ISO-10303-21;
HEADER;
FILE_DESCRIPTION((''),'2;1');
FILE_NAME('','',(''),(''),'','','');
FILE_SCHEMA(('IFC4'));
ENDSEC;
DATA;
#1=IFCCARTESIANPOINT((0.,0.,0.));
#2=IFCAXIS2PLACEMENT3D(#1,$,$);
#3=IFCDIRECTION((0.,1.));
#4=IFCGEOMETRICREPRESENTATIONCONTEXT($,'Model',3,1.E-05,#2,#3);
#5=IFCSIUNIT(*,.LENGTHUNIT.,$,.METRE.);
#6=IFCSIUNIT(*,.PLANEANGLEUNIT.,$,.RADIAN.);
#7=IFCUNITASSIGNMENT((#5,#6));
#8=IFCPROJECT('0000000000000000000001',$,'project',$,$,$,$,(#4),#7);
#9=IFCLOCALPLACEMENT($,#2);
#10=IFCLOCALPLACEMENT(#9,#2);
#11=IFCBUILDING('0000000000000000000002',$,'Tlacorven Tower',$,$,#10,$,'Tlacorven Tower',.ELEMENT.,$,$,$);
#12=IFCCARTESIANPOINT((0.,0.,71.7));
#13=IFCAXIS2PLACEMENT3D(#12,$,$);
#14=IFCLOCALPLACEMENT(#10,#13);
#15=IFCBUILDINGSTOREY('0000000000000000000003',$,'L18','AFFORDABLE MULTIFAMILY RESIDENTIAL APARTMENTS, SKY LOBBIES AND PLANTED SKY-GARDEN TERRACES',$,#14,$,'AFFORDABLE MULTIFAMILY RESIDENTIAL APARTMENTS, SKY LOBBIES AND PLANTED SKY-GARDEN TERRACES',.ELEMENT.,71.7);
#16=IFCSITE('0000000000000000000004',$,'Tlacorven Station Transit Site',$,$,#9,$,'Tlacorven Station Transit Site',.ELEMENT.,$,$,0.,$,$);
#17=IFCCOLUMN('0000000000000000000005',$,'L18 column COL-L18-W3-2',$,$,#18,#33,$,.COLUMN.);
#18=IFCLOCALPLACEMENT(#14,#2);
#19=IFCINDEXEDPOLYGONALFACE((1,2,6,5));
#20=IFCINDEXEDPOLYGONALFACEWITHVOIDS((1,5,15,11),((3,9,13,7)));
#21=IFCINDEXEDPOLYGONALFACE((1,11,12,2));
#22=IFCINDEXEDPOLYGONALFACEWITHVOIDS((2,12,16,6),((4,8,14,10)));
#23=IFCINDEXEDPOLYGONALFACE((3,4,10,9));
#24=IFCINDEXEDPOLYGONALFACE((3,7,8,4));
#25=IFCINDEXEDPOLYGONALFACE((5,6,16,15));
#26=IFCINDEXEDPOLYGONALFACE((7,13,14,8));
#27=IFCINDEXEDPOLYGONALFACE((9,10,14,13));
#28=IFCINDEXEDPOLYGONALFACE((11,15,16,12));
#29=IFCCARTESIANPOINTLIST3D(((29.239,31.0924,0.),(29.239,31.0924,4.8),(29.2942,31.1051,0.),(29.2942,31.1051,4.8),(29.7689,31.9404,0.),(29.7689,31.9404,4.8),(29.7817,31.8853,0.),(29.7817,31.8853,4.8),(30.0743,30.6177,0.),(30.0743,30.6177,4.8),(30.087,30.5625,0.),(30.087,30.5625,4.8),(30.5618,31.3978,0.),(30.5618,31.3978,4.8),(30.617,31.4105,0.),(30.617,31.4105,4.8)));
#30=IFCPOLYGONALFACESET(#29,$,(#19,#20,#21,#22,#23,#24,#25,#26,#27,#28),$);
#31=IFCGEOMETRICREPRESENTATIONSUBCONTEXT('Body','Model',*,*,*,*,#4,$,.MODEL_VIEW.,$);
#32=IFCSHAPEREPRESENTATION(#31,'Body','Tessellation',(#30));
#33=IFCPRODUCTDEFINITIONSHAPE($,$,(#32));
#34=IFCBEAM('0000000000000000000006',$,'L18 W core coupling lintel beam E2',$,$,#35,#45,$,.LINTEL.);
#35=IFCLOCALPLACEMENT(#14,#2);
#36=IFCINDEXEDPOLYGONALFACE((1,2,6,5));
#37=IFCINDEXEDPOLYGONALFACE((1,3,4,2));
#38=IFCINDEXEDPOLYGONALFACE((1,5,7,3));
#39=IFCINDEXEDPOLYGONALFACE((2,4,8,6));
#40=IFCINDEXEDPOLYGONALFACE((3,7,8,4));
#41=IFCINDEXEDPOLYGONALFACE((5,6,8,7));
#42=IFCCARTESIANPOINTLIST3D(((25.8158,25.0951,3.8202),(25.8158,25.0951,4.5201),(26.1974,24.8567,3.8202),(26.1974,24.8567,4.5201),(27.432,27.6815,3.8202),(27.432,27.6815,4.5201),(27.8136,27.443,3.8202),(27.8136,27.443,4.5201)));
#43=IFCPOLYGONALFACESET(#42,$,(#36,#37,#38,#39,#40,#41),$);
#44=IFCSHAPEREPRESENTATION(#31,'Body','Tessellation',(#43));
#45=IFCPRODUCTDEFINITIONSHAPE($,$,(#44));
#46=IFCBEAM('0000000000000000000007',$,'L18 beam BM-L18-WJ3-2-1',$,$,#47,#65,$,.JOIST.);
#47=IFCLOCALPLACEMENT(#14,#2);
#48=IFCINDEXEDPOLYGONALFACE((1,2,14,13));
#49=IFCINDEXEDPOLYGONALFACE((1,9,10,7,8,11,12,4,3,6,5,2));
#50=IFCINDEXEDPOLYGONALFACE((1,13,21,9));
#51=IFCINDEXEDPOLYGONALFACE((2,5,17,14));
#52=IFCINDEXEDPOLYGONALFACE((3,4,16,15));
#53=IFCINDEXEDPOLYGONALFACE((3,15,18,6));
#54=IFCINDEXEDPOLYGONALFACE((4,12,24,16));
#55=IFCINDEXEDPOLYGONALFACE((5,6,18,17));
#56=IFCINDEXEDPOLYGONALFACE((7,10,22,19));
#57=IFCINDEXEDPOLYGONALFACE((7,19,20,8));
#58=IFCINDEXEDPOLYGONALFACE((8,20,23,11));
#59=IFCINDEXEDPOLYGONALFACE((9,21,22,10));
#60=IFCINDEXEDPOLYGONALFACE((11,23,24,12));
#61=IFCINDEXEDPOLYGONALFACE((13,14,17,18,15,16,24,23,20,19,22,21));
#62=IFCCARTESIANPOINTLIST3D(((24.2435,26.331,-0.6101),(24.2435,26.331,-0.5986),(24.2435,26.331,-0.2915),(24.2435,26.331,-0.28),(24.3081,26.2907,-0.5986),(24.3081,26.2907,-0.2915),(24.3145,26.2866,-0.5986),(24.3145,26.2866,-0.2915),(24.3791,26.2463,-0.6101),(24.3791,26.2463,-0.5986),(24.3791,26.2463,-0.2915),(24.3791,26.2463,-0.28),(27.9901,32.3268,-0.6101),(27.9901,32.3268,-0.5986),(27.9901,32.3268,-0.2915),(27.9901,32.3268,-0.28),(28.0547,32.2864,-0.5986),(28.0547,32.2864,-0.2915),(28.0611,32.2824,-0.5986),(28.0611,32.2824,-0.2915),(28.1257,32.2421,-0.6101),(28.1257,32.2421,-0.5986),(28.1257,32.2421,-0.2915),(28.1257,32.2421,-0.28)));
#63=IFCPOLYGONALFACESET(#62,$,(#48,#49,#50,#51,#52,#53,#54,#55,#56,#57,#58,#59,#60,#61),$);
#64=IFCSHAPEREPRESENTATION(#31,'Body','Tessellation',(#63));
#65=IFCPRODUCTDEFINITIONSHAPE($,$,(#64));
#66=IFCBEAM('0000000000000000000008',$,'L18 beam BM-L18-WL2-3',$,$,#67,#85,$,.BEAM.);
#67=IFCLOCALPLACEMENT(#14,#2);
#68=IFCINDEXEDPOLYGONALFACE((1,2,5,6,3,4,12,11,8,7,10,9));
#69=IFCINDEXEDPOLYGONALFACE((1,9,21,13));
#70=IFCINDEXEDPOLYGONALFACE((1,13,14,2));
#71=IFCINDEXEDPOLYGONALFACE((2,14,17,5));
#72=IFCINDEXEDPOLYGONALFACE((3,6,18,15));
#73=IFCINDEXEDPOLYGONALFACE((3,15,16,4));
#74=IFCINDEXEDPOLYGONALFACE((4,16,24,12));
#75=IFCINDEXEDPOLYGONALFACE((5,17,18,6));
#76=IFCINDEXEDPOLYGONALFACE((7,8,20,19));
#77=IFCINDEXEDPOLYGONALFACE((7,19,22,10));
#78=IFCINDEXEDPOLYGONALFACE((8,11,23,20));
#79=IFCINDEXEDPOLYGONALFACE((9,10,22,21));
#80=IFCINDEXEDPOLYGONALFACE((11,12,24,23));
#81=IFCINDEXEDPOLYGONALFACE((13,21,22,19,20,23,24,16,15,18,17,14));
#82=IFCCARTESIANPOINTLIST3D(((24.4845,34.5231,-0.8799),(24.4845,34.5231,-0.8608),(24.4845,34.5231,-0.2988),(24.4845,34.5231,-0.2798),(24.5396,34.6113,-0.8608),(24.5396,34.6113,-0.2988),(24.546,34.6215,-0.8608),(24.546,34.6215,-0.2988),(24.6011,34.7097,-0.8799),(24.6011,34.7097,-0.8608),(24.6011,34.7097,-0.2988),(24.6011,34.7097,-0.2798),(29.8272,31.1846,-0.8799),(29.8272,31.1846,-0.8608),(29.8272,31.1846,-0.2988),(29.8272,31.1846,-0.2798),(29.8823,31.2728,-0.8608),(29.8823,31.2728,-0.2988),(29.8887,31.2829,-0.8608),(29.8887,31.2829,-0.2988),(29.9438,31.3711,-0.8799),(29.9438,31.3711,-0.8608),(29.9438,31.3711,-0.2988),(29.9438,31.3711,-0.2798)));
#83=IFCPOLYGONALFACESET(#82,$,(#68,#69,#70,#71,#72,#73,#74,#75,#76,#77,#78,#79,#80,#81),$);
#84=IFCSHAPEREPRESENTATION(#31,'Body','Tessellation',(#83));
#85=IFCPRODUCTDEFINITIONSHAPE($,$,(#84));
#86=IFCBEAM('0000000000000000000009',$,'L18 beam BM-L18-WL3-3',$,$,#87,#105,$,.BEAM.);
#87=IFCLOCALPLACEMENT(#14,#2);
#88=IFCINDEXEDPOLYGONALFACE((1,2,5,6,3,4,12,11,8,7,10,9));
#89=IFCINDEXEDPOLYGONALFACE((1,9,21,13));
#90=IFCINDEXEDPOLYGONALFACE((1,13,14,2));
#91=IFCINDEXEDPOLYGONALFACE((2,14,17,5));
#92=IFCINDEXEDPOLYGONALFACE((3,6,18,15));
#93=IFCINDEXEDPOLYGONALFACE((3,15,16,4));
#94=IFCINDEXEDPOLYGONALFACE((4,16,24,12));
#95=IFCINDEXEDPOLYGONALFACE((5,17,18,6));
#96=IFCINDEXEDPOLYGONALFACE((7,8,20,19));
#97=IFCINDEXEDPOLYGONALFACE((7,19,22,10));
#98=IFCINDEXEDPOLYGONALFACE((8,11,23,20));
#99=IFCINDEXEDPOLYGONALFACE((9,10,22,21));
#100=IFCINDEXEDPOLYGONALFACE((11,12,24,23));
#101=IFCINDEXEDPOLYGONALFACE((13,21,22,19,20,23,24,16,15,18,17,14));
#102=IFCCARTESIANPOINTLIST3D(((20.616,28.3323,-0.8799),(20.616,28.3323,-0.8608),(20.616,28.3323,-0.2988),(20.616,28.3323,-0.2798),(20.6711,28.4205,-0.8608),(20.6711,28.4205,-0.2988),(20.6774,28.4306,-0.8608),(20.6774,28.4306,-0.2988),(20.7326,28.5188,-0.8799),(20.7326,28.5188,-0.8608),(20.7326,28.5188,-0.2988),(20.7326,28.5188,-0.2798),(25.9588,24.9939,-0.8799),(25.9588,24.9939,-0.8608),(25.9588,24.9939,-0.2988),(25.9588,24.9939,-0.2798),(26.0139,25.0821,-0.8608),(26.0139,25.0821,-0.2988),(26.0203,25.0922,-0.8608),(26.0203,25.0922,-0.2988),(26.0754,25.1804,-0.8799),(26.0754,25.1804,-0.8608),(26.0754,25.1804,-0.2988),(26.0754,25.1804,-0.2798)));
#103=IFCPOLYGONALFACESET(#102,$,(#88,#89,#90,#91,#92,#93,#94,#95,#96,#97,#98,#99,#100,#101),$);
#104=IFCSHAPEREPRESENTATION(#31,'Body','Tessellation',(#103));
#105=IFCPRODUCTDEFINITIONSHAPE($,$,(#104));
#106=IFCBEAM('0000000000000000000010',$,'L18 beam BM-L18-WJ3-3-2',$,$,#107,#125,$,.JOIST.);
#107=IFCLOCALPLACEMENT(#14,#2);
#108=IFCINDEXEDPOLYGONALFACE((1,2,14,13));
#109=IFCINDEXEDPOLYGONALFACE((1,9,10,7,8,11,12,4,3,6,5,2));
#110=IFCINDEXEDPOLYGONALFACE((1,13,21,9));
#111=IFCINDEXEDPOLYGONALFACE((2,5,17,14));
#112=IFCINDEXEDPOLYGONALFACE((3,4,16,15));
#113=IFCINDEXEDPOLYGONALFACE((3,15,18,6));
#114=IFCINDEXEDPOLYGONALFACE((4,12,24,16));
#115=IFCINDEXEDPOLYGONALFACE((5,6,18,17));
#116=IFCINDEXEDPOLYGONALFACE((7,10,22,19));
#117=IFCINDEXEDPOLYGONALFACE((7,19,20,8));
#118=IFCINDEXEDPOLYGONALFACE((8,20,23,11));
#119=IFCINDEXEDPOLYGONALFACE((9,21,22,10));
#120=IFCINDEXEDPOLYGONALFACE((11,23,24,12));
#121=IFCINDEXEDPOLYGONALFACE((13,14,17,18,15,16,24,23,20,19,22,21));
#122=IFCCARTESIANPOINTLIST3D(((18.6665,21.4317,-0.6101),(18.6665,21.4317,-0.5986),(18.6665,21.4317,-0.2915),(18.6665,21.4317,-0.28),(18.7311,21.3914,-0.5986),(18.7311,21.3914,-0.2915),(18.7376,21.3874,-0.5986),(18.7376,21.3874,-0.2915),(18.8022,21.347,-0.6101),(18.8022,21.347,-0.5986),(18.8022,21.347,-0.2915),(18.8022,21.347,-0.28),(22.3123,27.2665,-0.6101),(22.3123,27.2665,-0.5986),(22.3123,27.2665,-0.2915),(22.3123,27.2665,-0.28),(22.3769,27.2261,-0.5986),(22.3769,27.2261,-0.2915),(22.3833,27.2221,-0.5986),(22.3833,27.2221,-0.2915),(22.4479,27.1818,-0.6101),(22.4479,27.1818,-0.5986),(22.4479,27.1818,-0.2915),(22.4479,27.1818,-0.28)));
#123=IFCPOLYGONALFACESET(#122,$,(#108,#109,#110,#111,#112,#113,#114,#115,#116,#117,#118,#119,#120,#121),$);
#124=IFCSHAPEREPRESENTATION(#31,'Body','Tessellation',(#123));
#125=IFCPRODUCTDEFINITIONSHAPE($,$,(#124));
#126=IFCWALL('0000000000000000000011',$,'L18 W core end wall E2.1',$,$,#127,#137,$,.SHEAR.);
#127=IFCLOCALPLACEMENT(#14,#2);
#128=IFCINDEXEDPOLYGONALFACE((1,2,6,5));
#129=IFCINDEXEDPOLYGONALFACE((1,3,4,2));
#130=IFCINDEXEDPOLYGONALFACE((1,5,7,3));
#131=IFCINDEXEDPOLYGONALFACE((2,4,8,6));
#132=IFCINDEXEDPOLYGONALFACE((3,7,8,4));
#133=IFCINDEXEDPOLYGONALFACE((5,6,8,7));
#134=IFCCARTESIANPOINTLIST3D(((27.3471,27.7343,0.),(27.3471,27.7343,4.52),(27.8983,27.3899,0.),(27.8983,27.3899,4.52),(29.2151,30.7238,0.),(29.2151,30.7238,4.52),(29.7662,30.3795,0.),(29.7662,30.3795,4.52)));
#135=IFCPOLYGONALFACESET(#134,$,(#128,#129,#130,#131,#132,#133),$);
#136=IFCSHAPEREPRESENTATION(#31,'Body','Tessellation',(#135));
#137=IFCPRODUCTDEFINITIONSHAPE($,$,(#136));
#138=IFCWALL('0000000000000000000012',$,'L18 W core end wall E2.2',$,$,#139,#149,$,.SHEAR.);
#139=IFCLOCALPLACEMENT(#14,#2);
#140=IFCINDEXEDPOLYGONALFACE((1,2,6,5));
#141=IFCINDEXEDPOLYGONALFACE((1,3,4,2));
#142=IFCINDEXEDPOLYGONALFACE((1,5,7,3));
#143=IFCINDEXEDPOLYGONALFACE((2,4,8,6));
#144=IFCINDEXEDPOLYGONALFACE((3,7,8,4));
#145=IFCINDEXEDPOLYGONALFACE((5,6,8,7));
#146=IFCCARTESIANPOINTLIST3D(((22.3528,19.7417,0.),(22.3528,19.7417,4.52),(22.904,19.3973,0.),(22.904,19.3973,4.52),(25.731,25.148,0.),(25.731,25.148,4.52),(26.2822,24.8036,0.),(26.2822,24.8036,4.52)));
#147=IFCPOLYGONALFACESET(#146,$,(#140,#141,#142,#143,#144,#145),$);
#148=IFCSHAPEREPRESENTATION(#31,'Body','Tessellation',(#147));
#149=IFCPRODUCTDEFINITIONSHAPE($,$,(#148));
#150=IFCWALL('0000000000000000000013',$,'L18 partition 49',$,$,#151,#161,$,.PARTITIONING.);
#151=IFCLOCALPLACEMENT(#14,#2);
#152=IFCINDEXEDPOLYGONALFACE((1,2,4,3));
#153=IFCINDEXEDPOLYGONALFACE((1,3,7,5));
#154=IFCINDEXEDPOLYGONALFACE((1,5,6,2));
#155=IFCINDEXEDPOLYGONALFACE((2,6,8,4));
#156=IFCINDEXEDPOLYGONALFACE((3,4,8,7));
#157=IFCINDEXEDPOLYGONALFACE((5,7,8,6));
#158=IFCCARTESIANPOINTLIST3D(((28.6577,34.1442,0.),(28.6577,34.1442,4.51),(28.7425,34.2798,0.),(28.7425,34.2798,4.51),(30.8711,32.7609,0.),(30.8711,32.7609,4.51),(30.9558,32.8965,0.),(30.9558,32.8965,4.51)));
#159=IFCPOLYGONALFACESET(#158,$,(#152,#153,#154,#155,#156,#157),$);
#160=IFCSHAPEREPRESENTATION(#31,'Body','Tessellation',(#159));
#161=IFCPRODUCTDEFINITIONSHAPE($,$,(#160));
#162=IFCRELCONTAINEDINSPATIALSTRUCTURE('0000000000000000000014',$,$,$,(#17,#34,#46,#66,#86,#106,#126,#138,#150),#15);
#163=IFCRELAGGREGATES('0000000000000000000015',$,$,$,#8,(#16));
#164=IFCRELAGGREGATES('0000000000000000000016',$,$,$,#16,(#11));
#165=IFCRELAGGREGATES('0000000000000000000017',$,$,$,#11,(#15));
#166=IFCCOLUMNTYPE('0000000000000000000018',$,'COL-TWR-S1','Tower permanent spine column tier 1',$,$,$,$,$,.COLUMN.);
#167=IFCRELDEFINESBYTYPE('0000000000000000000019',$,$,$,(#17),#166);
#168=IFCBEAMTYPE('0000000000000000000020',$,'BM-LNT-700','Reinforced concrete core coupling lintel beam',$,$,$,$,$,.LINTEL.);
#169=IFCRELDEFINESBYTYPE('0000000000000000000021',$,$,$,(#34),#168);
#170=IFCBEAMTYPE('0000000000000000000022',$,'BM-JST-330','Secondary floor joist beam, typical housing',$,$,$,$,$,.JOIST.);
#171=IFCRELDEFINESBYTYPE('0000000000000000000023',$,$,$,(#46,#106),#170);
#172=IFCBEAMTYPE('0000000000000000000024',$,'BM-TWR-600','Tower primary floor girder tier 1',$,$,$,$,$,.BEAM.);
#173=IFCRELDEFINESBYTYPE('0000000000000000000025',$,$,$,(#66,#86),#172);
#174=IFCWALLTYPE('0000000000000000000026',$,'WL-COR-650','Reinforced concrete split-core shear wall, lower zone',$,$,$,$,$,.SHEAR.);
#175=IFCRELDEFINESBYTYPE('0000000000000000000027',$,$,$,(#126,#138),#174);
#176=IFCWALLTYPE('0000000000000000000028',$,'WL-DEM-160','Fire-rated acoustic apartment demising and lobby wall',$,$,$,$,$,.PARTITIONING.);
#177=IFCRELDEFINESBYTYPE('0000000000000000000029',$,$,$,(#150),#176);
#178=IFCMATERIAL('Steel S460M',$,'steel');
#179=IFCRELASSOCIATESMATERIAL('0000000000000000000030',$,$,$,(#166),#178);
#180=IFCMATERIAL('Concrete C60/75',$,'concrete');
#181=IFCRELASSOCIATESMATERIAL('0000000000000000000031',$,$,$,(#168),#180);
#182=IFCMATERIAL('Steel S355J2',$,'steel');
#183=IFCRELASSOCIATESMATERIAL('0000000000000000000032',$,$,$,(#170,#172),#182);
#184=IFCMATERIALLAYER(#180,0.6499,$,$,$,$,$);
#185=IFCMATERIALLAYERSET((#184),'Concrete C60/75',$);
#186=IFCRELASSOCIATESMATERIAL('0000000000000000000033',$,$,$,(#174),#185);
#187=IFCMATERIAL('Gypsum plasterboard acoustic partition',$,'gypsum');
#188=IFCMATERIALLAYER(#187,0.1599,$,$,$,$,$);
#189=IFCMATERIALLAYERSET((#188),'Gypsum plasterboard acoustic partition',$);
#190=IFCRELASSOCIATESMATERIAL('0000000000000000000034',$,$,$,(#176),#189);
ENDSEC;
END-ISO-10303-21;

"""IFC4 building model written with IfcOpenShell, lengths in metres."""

from ifc_helpers import new_model, si_unit, direction, frame, frame_2d, origin, origin_2d, place, context, subcontext, project, spatial, rectangle, hollow_rectangle, i_section, extrude, source, transform, mapped, material, layer, layer_set, material_profile, profile_set, type_object, element, save


model = new_model("IFC4")

# Units and contexts
model_context = context("Model", 3, precision=1e-05, world=origin(), true_north=direction((0.0, 1.0)))
body_context = subcontext(model_context, "Body", "Model", "MODEL_VIEW")
ifc_project = project(units=[si_unit("LENGTHUNIT", "METRE"), si_unit("PLANEANGLEUNIT", "RADIAN")], contexts=[model_context])

# Site, building, storey
site_placement = place(None, origin())
site = spatial("IfcSite", under=ifc_project, at=site_placement, Name="Tlacorven Station Transit Site", LongName="Tlacorven Station Transit Site", CompositionType="ELEMENT", RefElevation=0.0)
building_placement = place(site_placement, origin())
building = spatial("IfcBuilding", under=site, at=building_placement, Name="Tlacorven Tower", LongName="Tlacorven Tower", CompositionType="ELEMENT")
storey_placement = place(building_placement, frame((0.0, 0.0, 71.7)))
storey = spatial("IfcBuildingStorey", under=building, at=storey_placement, Name="L18", Description="AFFORDABLE MULTIFAMILY RESIDENTIAL APARTMENTS, SKY LOBBIES AND PLANTED SKY-GARDEN TERRACES", LongName="AFFORDABLE MULTIFAMILY RESIDENTIAL APARTMENTS, SKY LOBBIES AND PLANTED SKY-GARDEN TERRACES", CompositionType="ELEMENT", Elevation=71.7)

# Column
ifc_material_1 = material(Name="Steel S460M", Category="steel")
ifc_material_profile_1 = material_profile(ifc_material_1, hollow_rectangle(XDim=1.0, YDim=1.0, WallThickness=0.04, at=origin_2d()), Name="BOX 1000X1000X40")
ifc_profile_set_1 = profile_set([ifc_material_profile_1], Name="Steel S460M")
column_type = type_object("IfcColumnType", Name="COL-TWR-S1", Description="Tower permanent spine column tier 1", PredefinedType="COLUMN", material=ifc_profile_set_1)
shared_shape_1 = source(origin(), body_context, "Body", "SweptSolid", [
    extrude(hollow_rectangle(XDim=1.0, YDim=1.0, WallThickness=0.04, at=origin_2d()), origin(), (0.0, 0.0, 1.0), 4.8),
])
column_placement = place(storey_placement, frame((29.928, 31.2515, 0.0), z_axis=(0.0, 0.0, 1.0), x_axis=(-0.848048, 0.529919, 0.0)))
element("IfcColumn", 1, at=column_placement, inside=storey, type_object=column_type, Name="L18 column COL-L18-W3-2", PredefinedType="COLUMN", context=body_context, shape_type="MappedRepresentation", body=[
    mapped(shared_shape_1, transform((0.0, 0.0, 0.0), scale=1.0)),
])

# Beams
ifc_material_2 = material(Name="Concrete C60/75", Category="concrete")
ifc_material_profile_2 = material_profile(ifc_material_2, rectangle(XDim=0.45, YDim=0.7, at=origin_2d()), Name="RC 450X700")
ifc_profile_set_2 = profile_set([ifc_material_profile_2], Name="Concrete C60/75")
beam_type_1 = type_object("IfcBeamType", Name="BM-LNT-700", Description="Reinforced concrete core coupling lintel beam", PredefinedType="LINTEL", material=ifc_profile_set_2)
shared_shape_2 = source(origin(), body_context, "Body", "SweptSolid", [
    extrude(rectangle(XDim=0.45, YDim=0.7, at=origin_2d()), origin(), (0.0, 0.0, 1.0), 3.0498),
])
beam_1_placement = place(storey_placement, frame((27.6228, 27.5623, 4.1702), z_axis=(-0.529927, -0.848043, 0.0), x_axis=(0.848043, -0.529927, 0.0)))
element("IfcBeam", 2, at=beam_1_placement, inside=storey, type_object=beam_type_1, Name="L18 W core coupling lintel beam E2", PredefinedType="LINTEL", context=body_context, shape_type="MappedRepresentation", body=[
    mapped(shared_shape_2, transform((0.0, 0.0, 0.0), scale=1.0)),
])
ifc_material_3 = material(Name="Steel S355J2", Category="steel")
ifc_material_profile_3 = material_profile(ifc_material_3, i_section(OverallWidth=0.1599, OverallDepth=0.3301, WebThickness=0.0076, FlangeThickness=0.0115, at=origin_2d()), Name="IPE 330")
ifc_profile_set_3 = profile_set([ifc_material_profile_3], Name="Steel S355J2")
beam_type_2 = type_object("IfcBeamType", Name="BM-JST-330", Description="Secondary floor joist beam, typical housing", PredefinedType="JOIST", material=ifc_profile_set_3)
shared_shape_3 = source(origin(), body_context, "Body", "SweptSolid", [
    extrude(i_section(OverallWidth=0.1599, OverallDepth=0.3301, WebThickness=0.0076, FlangeThickness=0.0115, at=origin_2d()), origin(), (0.0, 0.0, 1.0), 7.0701),
])
beam_2_placement = place(storey_placement, frame((28.0579, 32.2844, -0.4451), z_axis=(-0.529915, -0.848051, 0.0), x_axis=(0.848051, -0.529915, 0.0)))
element("IfcBeam", 3, at=beam_2_placement, inside=storey, type_object=beam_type_2, Name="L18 beam BM-L18-WJ3-2-1", PredefinedType="JOIST", context=body_context, shape_type="MappedRepresentation", body=[
    mapped(shared_shape_3, transform((0.0, 0.0, 0.0), scale=1.0)),
])
ifc_material_profile_4 = material_profile(ifc_material_3, i_section(OverallWidth=0.22, OverallDepth=0.6001, WebThickness=0.012, FlangeThickness=0.019, at=origin_2d()), Name="IPE 600")
ifc_profile_set_4 = profile_set([ifc_material_profile_4], Name="Steel S355J2")
beam_type_3 = type_object("IfcBeamType", Name="BM-TWR-600", Description="Tower primary floor girder tier 1", PredefinedType="BEAM", material=ifc_profile_set_4)
shared_shape_4 = source(origin(), body_context, "Body", "SweptSolid", [
    extrude(i_section(OverallWidth=0.22, OverallDepth=0.6001, WebThickness=0.012, FlangeThickness=0.019, at=origin_2d()), origin(), (0.0, 0.0, 1.0), 6.3),
])
for number, where, z_axis, x_axis, name in (
    (4, (29.8855, 31.2778, -0.5798), (-0.848042, 0.529929, 0.0), (-0.529929, -0.848042, 0.0), "L18 beam BM-L18-WL2-3"),
    (5, (26.0171, 25.0872, -0.5798), (-0.848059, 0.529901, 0.0), (-0.529901, -0.848059, 0.0), "L18 beam BM-L18-WL3-3"),
):
    element("IfcBeam", number, at=place(storey_placement, frame(where, z_axis=z_axis, x_axis=x_axis)), inside=storey, type_object=beam_type_3, Name=name, PredefinedType="BEAM", context=body_context, shape_type="MappedRepresentation", body=[
        mapped(shared_shape_4, transform((0.0, 0.0, 0.0), scale=1.0)),
    ])
shared_shape_5 = source(origin(), body_context, "Body", "SweptSolid", [
    extrude(i_section(OverallWidth=0.1599, OverallDepth=0.3301, WebThickness=0.0076, FlangeThickness=0.0115, at=origin_2d()), origin(), (0.0, 0.0, 1.0), 6.8801),
])
beam_3_placement = place(storey_placement, frame((22.3801, 27.2241, -0.4451), z_axis=(-0.5299, -0.84806, 0.0), x_axis=(0.84806, -0.5299, 0.0)))
element("IfcBeam", 6, at=beam_3_placement, inside=storey, type_object=beam_type_2, Name="L18 beam BM-L18-WJ3-3-2", PredefinedType="JOIST", context=body_context, shape_type="MappedRepresentation", body=[
    mapped(shared_shape_5, transform((0.0, 0.0, 0.0), scale=1.0)),
])

# Walls
ifc_layer_1 = layer(ifc_material_2, 0.6499)
ifc_layer_set_1 = layer_set([ifc_layer_1], Name="Concrete C60/75")
wall_type_1 = type_object("IfcWallType", Name="WL-COR-650", Description="Reinforced concrete split-core shear wall, lower zone", PredefinedType="SHEAR", material=ifc_layer_set_1)
wall_1_placement = place(storey_placement, frame((29.4907, 30.5518, 0.0), z_axis=(0.0, 0.0, 1.0), x_axis=(-0.529893, -0.848064, 0.0)))
element("IfcWall", 7, at=wall_1_placement, inside=storey, type_object=wall_type_1, Name="L18 W core end wall E2.1", PredefinedType="SHEAR", context=body_context, shape_type="SweptSolid", body=[
    extrude(rectangle(XDim=3.5251, YDim=0.6499, at=frame_2d((1.7627, 0.0))), origin(), (0.0, 0.0, 1.0), 4.52),
])
wall_2_placement = place(storey_placement, frame((26.0066, 24.9758, 0.0), z_axis=(0.0, 0.0, 1.0), x_axis=(-0.529916, -0.84805, 0.0)))
element("IfcWall", 8, at=wall_2_placement, inside=storey, type_object=wall_type_1, Name="L18 W core end wall E2.2", PredefinedType="SHEAR", context=body_context, shape_type="SweptSolid", body=[
    extrude(rectangle(XDim=6.375, YDim=0.6499, at=frame_2d((3.1875, 0.0))), origin(), (0.0, 0.0, 1.0), 4.52),
])
ifc_material_4 = material(Name="Gypsum plasterboard acoustic partition", Category="gypsum")
ifc_layer_2 = layer(ifc_material_4, 0.1599)
ifc_layer_set_2 = layer_set([ifc_layer_2], Name="Gypsum plasterboard acoustic partition")
wall_type_2 = type_object("IfcWallType", Name="WL-DEM-160", Description="Fire-rated acoustic apartment demising and lobby wall", PredefinedType="PARTITIONING", material=ifc_layer_set_2)
wall_3_placement = place(storey_placement, frame((30.9136, 32.8286, 0.0), z_axis=(0.0, 0.0, 1.0), x_axis=(-0.848009, 0.529982, 0.0)))
element("IfcWall", 9, at=wall_3_placement, inside=storey, type_object=wall_type_2, Name="L18 partition 49", PredefinedType="PARTITIONING", context=body_context, shape_type="SweptSolid", body=[
    extrude(rectangle(XDim=2.6101, YDim=0.1599, at=frame_2d((1.3052, 0.0))), origin(), (0.0, 0.0, 1.0), 4.51),
])

save(model, "model.ifc")
